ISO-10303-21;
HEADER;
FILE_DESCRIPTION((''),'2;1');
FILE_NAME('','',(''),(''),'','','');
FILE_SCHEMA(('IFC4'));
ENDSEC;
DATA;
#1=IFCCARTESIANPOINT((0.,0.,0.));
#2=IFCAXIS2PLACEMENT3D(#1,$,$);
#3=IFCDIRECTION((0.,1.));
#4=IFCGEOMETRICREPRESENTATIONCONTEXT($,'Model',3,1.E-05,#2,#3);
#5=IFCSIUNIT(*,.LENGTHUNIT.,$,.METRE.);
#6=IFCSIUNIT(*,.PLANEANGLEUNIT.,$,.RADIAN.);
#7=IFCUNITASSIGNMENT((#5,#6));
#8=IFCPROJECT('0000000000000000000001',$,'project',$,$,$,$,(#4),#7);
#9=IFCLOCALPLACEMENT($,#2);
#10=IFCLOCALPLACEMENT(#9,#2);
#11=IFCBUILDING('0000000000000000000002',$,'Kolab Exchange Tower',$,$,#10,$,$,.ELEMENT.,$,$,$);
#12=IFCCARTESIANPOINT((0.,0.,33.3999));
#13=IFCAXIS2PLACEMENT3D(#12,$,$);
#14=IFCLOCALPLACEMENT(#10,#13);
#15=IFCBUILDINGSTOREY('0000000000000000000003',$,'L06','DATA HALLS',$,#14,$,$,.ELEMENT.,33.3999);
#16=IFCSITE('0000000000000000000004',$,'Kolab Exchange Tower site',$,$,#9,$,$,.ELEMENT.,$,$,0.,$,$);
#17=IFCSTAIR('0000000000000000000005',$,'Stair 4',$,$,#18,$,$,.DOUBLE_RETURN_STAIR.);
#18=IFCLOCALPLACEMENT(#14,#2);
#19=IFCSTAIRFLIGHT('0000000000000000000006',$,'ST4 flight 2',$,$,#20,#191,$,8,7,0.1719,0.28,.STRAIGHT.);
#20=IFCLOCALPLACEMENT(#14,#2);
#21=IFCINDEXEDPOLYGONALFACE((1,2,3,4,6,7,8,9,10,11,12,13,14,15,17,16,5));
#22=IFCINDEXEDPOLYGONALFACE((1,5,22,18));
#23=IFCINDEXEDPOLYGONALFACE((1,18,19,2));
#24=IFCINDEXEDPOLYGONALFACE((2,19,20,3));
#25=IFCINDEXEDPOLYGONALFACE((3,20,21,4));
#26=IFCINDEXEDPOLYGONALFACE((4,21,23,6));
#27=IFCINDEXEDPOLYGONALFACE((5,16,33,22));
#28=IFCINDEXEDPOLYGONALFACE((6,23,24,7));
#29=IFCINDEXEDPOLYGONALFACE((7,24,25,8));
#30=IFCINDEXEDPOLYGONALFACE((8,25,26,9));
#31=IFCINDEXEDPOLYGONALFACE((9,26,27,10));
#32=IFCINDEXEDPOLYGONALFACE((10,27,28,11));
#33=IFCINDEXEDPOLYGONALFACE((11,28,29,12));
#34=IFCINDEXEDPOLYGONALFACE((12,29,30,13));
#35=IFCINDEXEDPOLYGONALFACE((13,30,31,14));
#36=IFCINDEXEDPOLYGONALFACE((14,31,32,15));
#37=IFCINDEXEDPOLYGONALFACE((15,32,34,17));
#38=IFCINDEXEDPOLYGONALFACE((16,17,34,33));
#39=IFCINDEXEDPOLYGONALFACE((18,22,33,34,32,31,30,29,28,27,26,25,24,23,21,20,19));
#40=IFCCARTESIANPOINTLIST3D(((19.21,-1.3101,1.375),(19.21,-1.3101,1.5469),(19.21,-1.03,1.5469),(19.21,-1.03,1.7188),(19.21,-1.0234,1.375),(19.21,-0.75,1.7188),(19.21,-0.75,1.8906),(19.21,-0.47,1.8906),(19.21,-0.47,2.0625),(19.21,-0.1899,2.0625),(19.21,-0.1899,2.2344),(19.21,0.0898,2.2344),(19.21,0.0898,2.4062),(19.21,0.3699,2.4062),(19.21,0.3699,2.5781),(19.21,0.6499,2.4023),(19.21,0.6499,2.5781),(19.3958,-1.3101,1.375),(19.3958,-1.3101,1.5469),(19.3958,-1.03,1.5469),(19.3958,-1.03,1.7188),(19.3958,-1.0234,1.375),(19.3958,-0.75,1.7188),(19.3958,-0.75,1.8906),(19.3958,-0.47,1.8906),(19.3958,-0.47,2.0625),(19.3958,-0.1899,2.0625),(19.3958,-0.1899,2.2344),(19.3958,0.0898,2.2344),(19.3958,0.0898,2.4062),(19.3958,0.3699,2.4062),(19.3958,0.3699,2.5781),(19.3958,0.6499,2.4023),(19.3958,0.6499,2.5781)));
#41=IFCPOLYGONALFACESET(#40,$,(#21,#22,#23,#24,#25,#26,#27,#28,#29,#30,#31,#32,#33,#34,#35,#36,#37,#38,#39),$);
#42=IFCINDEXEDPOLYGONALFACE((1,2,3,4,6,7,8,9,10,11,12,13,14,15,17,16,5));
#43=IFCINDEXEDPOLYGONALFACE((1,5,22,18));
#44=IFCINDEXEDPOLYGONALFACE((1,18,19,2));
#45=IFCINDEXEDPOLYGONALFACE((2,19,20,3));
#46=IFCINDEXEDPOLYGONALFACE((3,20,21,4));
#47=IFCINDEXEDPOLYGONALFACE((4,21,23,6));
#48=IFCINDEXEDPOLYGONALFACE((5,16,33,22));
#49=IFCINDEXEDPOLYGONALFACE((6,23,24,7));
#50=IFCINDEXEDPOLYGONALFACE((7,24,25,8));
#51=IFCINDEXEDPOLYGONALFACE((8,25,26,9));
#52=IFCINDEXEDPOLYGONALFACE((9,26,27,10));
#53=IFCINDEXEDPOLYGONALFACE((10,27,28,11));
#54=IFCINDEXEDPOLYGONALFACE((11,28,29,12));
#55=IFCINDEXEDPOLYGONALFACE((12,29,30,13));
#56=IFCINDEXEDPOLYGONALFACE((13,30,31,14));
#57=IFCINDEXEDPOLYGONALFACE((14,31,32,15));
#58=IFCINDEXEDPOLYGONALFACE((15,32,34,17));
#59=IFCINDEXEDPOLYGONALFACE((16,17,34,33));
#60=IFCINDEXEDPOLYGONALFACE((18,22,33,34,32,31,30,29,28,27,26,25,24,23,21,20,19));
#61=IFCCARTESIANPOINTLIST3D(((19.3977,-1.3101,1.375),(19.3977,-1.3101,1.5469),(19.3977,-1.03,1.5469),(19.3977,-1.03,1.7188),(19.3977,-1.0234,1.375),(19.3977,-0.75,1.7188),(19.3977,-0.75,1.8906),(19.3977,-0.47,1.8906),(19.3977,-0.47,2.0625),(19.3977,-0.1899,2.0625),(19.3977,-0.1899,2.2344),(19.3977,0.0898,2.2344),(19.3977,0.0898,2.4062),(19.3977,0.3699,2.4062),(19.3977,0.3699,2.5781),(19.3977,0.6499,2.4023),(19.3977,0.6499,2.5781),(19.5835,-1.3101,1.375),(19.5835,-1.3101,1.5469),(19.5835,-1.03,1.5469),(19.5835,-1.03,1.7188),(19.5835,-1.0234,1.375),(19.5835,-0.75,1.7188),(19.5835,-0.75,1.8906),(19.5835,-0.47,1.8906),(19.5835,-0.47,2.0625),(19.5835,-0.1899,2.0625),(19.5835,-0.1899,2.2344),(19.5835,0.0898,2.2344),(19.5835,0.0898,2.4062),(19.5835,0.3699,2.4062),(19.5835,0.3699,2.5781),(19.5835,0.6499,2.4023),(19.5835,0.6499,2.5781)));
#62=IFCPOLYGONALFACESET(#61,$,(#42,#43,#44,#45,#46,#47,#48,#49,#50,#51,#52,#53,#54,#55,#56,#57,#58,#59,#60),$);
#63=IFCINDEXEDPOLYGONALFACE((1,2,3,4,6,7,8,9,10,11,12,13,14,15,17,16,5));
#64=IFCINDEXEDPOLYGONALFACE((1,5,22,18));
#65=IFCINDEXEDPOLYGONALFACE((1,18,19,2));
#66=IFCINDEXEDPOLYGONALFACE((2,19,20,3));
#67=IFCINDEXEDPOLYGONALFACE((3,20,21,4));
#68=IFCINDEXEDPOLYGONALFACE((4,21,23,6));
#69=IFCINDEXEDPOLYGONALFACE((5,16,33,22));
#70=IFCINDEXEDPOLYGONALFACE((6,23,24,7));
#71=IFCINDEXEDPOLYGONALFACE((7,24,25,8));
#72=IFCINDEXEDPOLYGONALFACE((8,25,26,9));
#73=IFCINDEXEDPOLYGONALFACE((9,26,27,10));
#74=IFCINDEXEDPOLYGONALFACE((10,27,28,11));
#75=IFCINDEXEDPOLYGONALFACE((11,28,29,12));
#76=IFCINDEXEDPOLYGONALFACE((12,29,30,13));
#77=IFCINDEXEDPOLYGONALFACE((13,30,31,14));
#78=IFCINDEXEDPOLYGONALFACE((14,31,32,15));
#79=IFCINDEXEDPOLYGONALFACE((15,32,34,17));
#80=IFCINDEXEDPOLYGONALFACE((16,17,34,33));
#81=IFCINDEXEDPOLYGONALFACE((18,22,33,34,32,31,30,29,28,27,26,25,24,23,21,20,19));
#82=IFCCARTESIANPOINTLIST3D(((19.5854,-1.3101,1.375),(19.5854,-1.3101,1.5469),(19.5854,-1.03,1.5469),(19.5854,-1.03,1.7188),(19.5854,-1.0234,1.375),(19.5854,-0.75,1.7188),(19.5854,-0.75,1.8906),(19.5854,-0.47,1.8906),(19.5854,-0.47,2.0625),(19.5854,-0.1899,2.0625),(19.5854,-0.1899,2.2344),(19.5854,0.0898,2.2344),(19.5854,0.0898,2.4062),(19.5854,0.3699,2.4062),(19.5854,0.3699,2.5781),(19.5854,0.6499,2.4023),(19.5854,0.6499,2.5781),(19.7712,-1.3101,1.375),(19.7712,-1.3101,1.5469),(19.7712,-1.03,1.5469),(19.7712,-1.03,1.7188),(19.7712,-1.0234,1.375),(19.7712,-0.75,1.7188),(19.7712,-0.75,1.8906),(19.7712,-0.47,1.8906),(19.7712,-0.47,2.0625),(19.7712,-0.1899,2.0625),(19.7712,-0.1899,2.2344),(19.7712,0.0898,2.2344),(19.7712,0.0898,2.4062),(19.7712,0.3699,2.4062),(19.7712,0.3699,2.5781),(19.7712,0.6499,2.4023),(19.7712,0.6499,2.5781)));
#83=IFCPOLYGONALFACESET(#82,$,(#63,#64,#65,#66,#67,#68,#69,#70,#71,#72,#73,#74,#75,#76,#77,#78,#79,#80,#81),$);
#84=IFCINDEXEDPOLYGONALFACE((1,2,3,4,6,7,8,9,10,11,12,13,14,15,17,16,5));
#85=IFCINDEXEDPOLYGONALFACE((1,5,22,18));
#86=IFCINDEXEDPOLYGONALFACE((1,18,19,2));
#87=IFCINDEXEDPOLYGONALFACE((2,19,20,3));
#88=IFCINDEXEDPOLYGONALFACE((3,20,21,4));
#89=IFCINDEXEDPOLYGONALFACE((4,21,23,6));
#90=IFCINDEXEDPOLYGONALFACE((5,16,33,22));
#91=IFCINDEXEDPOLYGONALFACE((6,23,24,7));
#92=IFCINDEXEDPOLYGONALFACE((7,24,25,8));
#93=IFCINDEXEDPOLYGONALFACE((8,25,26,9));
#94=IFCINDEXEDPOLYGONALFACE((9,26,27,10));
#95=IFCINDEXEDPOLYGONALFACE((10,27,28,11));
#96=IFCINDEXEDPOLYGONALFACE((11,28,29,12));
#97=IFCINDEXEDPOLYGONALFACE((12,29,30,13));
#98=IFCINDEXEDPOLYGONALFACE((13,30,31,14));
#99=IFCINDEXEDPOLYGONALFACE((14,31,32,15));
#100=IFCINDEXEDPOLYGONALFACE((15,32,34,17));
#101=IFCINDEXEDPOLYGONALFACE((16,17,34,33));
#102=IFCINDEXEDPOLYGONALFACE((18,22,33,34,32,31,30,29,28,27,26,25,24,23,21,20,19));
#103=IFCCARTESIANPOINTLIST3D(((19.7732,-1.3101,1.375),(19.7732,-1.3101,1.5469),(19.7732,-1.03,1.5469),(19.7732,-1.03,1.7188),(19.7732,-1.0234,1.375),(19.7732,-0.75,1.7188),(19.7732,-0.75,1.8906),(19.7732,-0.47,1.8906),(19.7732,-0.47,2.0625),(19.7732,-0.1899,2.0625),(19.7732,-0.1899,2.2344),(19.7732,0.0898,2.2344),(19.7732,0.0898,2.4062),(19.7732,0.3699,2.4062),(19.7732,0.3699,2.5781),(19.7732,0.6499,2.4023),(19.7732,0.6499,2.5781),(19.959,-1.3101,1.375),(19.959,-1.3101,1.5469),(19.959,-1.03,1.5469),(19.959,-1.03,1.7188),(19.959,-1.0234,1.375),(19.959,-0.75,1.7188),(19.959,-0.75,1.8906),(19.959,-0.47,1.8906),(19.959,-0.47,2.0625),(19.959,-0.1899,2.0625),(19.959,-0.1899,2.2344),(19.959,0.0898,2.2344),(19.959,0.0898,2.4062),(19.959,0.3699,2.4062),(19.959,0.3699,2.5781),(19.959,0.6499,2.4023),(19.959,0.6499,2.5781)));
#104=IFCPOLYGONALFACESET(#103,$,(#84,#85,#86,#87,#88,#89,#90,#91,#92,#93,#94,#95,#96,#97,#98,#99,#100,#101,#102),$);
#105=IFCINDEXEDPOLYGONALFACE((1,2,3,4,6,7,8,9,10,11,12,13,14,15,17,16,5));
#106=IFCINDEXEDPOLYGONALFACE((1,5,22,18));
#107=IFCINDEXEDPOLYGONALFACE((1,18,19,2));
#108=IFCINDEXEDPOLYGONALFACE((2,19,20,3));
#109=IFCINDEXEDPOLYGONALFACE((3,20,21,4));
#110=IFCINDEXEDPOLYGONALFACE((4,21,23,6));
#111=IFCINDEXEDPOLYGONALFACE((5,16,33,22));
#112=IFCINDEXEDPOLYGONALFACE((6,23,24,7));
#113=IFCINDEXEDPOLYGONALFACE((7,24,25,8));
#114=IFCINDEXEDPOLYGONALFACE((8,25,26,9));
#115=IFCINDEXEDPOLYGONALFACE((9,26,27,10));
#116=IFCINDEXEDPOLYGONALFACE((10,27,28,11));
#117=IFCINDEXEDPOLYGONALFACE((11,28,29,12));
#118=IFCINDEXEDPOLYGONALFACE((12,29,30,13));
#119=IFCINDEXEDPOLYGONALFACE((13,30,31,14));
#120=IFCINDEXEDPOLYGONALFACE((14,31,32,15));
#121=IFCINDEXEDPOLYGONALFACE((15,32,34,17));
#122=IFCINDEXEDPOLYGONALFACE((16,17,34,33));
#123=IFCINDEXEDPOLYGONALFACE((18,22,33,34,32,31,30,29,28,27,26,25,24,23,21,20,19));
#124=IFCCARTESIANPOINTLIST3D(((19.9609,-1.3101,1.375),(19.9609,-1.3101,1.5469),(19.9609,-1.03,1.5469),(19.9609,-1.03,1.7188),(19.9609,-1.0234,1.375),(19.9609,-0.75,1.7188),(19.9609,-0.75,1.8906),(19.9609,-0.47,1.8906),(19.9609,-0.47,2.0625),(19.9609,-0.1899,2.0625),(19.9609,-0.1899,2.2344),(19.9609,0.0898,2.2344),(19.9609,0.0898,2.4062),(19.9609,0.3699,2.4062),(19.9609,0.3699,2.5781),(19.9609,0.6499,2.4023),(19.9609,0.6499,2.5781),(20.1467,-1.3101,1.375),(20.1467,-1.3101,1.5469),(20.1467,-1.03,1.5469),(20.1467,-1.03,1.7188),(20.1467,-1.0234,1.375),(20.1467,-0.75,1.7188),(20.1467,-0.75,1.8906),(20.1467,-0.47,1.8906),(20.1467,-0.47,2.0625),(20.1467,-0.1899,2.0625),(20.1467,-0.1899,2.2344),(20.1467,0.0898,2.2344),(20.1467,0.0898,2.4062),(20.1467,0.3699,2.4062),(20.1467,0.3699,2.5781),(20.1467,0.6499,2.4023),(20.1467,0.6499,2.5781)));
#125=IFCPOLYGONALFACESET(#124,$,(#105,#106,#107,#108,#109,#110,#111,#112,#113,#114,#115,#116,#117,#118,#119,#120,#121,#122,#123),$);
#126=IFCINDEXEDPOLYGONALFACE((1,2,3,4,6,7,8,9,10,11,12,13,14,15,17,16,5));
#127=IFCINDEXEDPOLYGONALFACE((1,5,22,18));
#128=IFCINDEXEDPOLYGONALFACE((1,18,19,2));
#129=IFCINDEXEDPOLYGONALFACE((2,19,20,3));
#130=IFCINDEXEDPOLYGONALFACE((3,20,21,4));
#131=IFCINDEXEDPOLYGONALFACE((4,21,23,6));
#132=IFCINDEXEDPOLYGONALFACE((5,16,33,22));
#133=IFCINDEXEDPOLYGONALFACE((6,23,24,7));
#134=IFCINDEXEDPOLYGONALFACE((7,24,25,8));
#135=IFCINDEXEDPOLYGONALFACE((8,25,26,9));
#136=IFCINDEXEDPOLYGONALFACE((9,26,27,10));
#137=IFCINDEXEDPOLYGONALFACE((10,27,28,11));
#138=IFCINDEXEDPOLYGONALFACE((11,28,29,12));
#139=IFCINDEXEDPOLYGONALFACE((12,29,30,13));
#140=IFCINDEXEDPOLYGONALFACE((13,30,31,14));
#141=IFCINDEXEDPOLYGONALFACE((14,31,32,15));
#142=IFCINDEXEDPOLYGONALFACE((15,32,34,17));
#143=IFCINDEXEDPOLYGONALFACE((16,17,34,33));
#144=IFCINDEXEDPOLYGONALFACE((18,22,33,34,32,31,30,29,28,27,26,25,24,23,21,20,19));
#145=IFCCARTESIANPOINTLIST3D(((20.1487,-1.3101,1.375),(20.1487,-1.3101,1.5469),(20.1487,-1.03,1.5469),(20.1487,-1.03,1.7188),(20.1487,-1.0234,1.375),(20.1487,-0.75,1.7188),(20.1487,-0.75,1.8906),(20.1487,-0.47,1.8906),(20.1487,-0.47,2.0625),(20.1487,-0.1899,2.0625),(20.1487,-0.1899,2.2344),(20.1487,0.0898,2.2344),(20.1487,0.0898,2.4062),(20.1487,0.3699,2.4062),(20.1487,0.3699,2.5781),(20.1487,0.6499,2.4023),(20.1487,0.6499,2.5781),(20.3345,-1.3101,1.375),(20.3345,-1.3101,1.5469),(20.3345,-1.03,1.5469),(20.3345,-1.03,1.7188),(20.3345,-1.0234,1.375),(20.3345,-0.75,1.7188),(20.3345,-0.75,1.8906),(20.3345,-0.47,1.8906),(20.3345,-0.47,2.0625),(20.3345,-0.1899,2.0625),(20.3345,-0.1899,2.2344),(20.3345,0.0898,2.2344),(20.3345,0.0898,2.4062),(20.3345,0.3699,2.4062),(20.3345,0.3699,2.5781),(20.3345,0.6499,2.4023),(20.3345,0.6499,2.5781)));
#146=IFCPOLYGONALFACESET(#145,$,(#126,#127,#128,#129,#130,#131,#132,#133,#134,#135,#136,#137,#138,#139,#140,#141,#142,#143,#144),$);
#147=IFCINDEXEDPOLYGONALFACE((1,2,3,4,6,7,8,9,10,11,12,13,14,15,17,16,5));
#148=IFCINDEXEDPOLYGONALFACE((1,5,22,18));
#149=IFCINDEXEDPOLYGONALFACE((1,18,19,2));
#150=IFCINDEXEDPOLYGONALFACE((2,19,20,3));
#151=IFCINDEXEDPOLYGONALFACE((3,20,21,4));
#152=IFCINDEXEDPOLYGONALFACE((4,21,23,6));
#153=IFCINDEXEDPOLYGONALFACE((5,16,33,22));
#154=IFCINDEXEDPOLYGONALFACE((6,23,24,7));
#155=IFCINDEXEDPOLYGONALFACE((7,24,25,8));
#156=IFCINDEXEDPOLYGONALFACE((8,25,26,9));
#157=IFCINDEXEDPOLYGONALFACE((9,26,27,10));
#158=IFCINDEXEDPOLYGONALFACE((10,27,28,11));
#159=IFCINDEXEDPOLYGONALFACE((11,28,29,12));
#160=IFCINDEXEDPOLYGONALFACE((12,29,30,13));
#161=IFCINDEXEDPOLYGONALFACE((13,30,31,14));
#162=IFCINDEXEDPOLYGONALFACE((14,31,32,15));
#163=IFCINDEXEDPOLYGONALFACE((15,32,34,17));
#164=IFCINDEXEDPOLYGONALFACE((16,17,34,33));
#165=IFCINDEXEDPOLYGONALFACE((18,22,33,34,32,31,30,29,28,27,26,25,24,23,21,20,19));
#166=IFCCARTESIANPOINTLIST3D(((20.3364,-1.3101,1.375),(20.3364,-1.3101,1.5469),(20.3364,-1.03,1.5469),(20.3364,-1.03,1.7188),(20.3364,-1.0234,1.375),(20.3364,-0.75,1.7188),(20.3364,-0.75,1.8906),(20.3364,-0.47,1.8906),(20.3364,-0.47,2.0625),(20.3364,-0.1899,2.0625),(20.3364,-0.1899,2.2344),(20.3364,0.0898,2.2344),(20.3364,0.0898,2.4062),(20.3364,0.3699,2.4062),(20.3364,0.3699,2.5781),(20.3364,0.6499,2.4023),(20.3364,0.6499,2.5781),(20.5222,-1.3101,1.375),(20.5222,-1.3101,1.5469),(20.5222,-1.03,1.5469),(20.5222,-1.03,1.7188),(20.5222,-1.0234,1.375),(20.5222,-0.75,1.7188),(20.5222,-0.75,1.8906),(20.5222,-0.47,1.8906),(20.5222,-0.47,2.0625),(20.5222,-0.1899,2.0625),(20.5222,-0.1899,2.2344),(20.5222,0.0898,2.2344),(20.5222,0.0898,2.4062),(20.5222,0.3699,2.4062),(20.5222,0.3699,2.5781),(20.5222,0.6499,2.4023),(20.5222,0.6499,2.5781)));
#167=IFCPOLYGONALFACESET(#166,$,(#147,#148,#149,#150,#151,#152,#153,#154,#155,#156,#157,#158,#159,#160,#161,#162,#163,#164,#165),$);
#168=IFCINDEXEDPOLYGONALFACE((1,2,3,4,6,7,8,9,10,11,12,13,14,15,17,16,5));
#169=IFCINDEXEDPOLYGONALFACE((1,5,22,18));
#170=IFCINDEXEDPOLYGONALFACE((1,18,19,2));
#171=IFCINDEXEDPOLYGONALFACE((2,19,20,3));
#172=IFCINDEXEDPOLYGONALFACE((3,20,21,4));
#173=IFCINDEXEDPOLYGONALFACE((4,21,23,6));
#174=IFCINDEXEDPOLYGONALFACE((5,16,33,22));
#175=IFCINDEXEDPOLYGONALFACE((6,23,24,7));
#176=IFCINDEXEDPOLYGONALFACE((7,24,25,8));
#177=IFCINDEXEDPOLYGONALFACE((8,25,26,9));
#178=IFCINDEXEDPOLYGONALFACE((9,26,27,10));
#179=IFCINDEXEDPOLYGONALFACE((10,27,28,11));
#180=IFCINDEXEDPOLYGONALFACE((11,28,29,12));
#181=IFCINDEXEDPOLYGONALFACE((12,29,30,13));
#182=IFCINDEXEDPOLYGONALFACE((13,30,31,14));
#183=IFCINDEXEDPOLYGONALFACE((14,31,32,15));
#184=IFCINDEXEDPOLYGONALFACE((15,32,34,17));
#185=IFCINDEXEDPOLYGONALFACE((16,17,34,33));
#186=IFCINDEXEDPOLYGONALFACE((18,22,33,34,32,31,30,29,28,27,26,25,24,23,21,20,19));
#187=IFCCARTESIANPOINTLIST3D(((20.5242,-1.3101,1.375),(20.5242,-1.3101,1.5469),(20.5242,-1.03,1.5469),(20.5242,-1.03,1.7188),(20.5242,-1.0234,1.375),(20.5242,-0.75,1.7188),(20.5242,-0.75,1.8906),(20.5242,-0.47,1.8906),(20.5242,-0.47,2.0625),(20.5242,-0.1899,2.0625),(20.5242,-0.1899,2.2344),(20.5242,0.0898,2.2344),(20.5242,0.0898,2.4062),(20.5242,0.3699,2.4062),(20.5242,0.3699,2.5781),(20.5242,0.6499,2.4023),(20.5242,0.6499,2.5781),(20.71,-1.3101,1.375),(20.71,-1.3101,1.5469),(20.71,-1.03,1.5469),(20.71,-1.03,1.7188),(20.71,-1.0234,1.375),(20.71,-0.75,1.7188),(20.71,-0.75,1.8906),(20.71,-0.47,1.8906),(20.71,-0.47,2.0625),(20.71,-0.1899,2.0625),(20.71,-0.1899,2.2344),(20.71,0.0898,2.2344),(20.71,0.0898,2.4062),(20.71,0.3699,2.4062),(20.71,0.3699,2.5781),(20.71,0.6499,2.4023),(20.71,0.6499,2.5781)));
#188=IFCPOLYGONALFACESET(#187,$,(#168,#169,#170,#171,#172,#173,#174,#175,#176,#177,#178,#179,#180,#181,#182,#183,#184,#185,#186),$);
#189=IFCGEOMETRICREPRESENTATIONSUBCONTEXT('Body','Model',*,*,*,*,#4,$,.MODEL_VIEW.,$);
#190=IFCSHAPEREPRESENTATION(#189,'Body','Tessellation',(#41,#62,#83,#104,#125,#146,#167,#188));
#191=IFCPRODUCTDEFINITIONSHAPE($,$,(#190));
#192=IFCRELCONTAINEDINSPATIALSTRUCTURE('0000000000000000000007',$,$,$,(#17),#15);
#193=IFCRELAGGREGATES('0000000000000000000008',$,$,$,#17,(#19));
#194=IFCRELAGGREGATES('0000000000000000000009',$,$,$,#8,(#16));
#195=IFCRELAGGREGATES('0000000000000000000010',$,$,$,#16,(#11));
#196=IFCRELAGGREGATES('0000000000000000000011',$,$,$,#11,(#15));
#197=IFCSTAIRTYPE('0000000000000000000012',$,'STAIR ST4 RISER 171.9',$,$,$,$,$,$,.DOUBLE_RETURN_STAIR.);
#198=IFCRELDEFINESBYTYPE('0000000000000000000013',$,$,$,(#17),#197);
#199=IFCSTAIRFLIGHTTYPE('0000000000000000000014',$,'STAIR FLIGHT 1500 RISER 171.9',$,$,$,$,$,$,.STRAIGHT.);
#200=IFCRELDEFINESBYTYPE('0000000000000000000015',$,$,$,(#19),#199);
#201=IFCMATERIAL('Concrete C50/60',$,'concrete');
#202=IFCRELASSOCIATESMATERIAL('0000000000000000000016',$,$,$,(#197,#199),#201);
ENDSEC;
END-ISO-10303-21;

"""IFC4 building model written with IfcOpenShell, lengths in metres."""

from ifc_helpers import new_model, si_unit, direction, frame, origin, place, context, subcontext, project, spatial, polyline, outline, extrude, material, type_object, element, aggregate, save


model = new_model("IFC4")

# Units and contexts
model_context = context("Model", 3, precision=1e-05, world=origin(), true_north=direction((0.0, 1.0)))
body_context = subcontext(model_context, "Body", "Model", "MODEL_VIEW")
ifc_project = project(units=[si_unit("LENGTHUNIT", "METRE"), si_unit("PLANEANGLEUNIT", "RADIAN")], contexts=[model_context])

# Site, building, storey
site_placement = place(None, origin())
site = spatial("IfcSite", under=ifc_project, at=site_placement, Name="Kolab Exchange Tower site", CompositionType="ELEMENT", RefElevation=0.0)
building_placement = place(site_placement, origin())
building = spatial("IfcBuilding", under=site, at=building_placement, Name="Kolab Exchange Tower", CompositionType="ELEMENT")
storey_placement = place(building_placement, frame((0.0, 0.0, 33.3999)))
storey = spatial("IfcBuildingStorey", under=building, at=storey_placement, Name="L06", Description="DATA HALLS", CompositionType="ELEMENT", Elevation=33.3999)

# Shared definitions
ifc_material_1 = material(Name="Concrete C50/60", Category="concrete")

# Stair, stair flight
stair_type = type_object("IfcStairType", Name="STAIR ST4 RISER 171.9", PredefinedType="DOUBLE_RETURN_STAIR", material=ifc_material_1)
stair_placement = place(storey_placement, origin())
stair = element("IfcStair", 1, at=stair_placement, inside=storey, type_object=stair_type, Name="Stair 4", PredefinedType="DOUBLE_RETURN_STAIR")
stair_flight_type = type_object("IfcStairFlightType", Name="STAIR FLIGHT 1500 RISER 171.9", PredefinedType="STRAIGHT", material=ifc_material_1)
stair_flight_1_placement = place(storey_placement, frame((19.96, -1.3101, 1.375), z_axis=(0.0, 0.0, 1.0), x_axis=(0.0, 1.0, 0.0)))
stair_flight_1 = element("IfcStairFlight", 2, at=stair_flight_1_placement, type_object=stair_flight_type, Name="ST4 flight 2", NumberOfRisers=8, NumberOfTreads=7, PredefinedType="STRAIGHT", RiserHeight=0.1719, TreadLength=0.28, context=body_context, shape_type="SweptSolid", body=[
    extrude(outline(polyline([(0.0, 0.0), (0.0, 0.1719), (0.28, 0.1719), (0.28, 0.3438), (0.5601, 0.3438), (0.5601, 0.5156), (0.8401, 0.5156), (0.8401, 0.6875), (1.1201, 0.6875), (1.1201, 0.8594), (1.3999, 0.8594), (1.3999, 1.0312), (1.6799, 1.0312), (1.6799, 1.2031), (1.96, 1.2031), (1.96, 1.375), (1.96, 1.0273), (0.2866, 0.0), (0.0, 0.0)])), frame((0.0, 0.75, 0.0), z_axis=(0.0, -1.0, 0.0), x_axis=(1.0, 0.0, 0.0)), (0.0, 0.0, 1.0), 0.1858),
    extrude(outline(polyline([(0.0, 0.0), (0.0, 0.1719), (0.28, 0.1719), (0.28, 0.3438), (0.5601, 0.3438), (0.5601, 0.5156), (0.8401, 0.5156), (0.8401, 0.6875), (1.1201, 0.6875), (1.1201, 0.8594), (1.3999, 0.8594), (1.3999, 1.0312), (1.6799, 1.0312), (1.6799, 1.2031), (1.96, 1.2031), (1.96, 1.375), (1.96, 1.0273), (0.2866, 0.0), (0.0, 0.0)])), frame((0.0, 0.5623, 0.0), z_axis=(0.0, -1.0, 0.0), x_axis=(1.0, 0.0, 0.0)), (0.0, 0.0, 1.0), 0.1858),
    extrude(outline(polyline([(0.0, 0.0), (0.0, 0.1719), (0.28, 0.1719), (0.28, 0.3438), (0.5601, 0.3438), (0.5601, 0.5156), (0.8401, 0.5156), (0.8401, 0.6875), (1.1201, 0.6875), (1.1201, 0.8594), (1.3999, 0.8594), (1.3999, 1.0312), (1.6799, 1.0312), (1.6799, 1.2031), (1.96, 1.2031), (1.96, 1.375), (1.96, 1.0273), (0.2866, 0.0), (0.0, 0.0)])), frame((0.0, 0.3745, 0.0), z_axis=(0.0, -1.0, 0.0), x_axis=(1.0, 0.0, 0.0)), (0.0, 0.0, 1.0), 0.1858),
    extrude(outline(polyline([(0.0, 0.0), (0.0, 0.1719), (0.28, 0.1719), (0.28, 0.3438), (0.5601, 0.3438), (0.5601, 0.5156), (0.8401, 0.5156), (0.8401, 0.6875), (1.1201, 0.6875), (1.1201, 0.8594), (1.3999, 0.8594), (1.3999, 1.0312), (1.6799, 1.0312), (1.6799, 1.2031), (1.96, 1.2031), (1.96, 1.375), (1.96, 1.0273), (0.2866, 0.0), (0.0, 0.0)])), frame((0.0, 0.1868, 0.0), z_axis=(0.0, -1.0, 0.0), x_axis=(1.0, 0.0, 0.0)), (0.0, 0.0, 1.0), 0.1858),
    extrude(outline(polyline([(0.0, 0.0), (0.0, 0.1719), (0.28, 0.1719), (0.28, 0.3438), (0.5601, 0.3438), (0.5601, 0.5156), (0.8401, 0.5156), (0.8401, 0.6875), (1.1201, 0.6875), (1.1201, 0.8594), (1.3999, 0.8594), (1.3999, 1.0312), (1.6799, 1.0312), (1.6799, 1.2031), (1.96, 1.2031), (1.96, 1.375), (1.96, 1.0273), (0.2866, 0.0), (0.0, 0.0)])), frame((0.0, -0.001, 0.0), z_axis=(0.0, -1.0, 0.0), x_axis=(1.0, 0.0, 0.0)), (0.0, 0.0, 1.0), 0.1858),
    extrude(outline(polyline([(0.0, 0.0), (0.0, 0.1719), (0.28, 0.1719), (0.28, 0.3438), (0.5601, 0.3438), (0.5601, 0.5156), (0.8401, 0.5156), (0.8401, 0.6875), (1.1201, 0.6875), (1.1201, 0.8594), (1.3999, 0.8594), (1.3999, 1.0312), (1.6799, 1.0312), (1.6799, 1.2031), (1.96, 1.2031), (1.96, 1.375), (1.96, 1.0273), (0.2866, 0.0), (0.0, 0.0)])), frame((0.0, -0.1887, 0.0), z_axis=(0.0, -1.0, 0.0), x_axis=(1.0, 0.0, 0.0)), (0.0, 0.0, 1.0), 0.1858),
    extrude(outline(polyline([(0.0, 0.0), (0.0, 0.1719), (0.28, 0.1719), (0.28, 0.3438), (0.5601, 0.3438), (0.5601, 0.5156), (0.8401, 0.5156), (0.8401, 0.6875), (1.1201, 0.6875), (1.1201, 0.8594), (1.3999, 0.8594), (1.3999, 1.0312), (1.6799, 1.0312), (1.6799, 1.2031), (1.96, 1.2031), (1.96, 1.375), (1.96, 1.0273), (0.2866, 0.0), (0.0, 0.0)])), frame((0.0, -0.3765, 0.0), z_axis=(0.0, -1.0, 0.0), x_axis=(1.0, 0.0, 0.0)), (0.0, 0.0, 1.0), 0.1858),
    extrude(outline(polyline([(0.0, 0.0), (0.0, 0.1719), (0.28, 0.1719), (0.28, 0.3438), (0.5601, 0.3438), (0.5601, 0.5156), (0.8401, 0.5156), (0.8401, 0.6875), (1.1201, 0.6875), (1.1201, 0.8594), (1.3999, 0.8594), (1.3999, 1.0312), (1.6799, 1.0312), (1.6799, 1.2031), (1.96, 1.2031), (1.96, 1.375), (1.96, 1.0273), (0.2866, 0.0), (0.0, 0.0)])), frame((0.0, -0.5642, 0.0), z_axis=(0.0, -1.0, 0.0), x_axis=(1.0, 0.0, 0.0)), (0.0, 0.0, 1.0), 0.1858),
])
aggregate(stair, [stair_flight_1])

save(model, "model.ifc")
